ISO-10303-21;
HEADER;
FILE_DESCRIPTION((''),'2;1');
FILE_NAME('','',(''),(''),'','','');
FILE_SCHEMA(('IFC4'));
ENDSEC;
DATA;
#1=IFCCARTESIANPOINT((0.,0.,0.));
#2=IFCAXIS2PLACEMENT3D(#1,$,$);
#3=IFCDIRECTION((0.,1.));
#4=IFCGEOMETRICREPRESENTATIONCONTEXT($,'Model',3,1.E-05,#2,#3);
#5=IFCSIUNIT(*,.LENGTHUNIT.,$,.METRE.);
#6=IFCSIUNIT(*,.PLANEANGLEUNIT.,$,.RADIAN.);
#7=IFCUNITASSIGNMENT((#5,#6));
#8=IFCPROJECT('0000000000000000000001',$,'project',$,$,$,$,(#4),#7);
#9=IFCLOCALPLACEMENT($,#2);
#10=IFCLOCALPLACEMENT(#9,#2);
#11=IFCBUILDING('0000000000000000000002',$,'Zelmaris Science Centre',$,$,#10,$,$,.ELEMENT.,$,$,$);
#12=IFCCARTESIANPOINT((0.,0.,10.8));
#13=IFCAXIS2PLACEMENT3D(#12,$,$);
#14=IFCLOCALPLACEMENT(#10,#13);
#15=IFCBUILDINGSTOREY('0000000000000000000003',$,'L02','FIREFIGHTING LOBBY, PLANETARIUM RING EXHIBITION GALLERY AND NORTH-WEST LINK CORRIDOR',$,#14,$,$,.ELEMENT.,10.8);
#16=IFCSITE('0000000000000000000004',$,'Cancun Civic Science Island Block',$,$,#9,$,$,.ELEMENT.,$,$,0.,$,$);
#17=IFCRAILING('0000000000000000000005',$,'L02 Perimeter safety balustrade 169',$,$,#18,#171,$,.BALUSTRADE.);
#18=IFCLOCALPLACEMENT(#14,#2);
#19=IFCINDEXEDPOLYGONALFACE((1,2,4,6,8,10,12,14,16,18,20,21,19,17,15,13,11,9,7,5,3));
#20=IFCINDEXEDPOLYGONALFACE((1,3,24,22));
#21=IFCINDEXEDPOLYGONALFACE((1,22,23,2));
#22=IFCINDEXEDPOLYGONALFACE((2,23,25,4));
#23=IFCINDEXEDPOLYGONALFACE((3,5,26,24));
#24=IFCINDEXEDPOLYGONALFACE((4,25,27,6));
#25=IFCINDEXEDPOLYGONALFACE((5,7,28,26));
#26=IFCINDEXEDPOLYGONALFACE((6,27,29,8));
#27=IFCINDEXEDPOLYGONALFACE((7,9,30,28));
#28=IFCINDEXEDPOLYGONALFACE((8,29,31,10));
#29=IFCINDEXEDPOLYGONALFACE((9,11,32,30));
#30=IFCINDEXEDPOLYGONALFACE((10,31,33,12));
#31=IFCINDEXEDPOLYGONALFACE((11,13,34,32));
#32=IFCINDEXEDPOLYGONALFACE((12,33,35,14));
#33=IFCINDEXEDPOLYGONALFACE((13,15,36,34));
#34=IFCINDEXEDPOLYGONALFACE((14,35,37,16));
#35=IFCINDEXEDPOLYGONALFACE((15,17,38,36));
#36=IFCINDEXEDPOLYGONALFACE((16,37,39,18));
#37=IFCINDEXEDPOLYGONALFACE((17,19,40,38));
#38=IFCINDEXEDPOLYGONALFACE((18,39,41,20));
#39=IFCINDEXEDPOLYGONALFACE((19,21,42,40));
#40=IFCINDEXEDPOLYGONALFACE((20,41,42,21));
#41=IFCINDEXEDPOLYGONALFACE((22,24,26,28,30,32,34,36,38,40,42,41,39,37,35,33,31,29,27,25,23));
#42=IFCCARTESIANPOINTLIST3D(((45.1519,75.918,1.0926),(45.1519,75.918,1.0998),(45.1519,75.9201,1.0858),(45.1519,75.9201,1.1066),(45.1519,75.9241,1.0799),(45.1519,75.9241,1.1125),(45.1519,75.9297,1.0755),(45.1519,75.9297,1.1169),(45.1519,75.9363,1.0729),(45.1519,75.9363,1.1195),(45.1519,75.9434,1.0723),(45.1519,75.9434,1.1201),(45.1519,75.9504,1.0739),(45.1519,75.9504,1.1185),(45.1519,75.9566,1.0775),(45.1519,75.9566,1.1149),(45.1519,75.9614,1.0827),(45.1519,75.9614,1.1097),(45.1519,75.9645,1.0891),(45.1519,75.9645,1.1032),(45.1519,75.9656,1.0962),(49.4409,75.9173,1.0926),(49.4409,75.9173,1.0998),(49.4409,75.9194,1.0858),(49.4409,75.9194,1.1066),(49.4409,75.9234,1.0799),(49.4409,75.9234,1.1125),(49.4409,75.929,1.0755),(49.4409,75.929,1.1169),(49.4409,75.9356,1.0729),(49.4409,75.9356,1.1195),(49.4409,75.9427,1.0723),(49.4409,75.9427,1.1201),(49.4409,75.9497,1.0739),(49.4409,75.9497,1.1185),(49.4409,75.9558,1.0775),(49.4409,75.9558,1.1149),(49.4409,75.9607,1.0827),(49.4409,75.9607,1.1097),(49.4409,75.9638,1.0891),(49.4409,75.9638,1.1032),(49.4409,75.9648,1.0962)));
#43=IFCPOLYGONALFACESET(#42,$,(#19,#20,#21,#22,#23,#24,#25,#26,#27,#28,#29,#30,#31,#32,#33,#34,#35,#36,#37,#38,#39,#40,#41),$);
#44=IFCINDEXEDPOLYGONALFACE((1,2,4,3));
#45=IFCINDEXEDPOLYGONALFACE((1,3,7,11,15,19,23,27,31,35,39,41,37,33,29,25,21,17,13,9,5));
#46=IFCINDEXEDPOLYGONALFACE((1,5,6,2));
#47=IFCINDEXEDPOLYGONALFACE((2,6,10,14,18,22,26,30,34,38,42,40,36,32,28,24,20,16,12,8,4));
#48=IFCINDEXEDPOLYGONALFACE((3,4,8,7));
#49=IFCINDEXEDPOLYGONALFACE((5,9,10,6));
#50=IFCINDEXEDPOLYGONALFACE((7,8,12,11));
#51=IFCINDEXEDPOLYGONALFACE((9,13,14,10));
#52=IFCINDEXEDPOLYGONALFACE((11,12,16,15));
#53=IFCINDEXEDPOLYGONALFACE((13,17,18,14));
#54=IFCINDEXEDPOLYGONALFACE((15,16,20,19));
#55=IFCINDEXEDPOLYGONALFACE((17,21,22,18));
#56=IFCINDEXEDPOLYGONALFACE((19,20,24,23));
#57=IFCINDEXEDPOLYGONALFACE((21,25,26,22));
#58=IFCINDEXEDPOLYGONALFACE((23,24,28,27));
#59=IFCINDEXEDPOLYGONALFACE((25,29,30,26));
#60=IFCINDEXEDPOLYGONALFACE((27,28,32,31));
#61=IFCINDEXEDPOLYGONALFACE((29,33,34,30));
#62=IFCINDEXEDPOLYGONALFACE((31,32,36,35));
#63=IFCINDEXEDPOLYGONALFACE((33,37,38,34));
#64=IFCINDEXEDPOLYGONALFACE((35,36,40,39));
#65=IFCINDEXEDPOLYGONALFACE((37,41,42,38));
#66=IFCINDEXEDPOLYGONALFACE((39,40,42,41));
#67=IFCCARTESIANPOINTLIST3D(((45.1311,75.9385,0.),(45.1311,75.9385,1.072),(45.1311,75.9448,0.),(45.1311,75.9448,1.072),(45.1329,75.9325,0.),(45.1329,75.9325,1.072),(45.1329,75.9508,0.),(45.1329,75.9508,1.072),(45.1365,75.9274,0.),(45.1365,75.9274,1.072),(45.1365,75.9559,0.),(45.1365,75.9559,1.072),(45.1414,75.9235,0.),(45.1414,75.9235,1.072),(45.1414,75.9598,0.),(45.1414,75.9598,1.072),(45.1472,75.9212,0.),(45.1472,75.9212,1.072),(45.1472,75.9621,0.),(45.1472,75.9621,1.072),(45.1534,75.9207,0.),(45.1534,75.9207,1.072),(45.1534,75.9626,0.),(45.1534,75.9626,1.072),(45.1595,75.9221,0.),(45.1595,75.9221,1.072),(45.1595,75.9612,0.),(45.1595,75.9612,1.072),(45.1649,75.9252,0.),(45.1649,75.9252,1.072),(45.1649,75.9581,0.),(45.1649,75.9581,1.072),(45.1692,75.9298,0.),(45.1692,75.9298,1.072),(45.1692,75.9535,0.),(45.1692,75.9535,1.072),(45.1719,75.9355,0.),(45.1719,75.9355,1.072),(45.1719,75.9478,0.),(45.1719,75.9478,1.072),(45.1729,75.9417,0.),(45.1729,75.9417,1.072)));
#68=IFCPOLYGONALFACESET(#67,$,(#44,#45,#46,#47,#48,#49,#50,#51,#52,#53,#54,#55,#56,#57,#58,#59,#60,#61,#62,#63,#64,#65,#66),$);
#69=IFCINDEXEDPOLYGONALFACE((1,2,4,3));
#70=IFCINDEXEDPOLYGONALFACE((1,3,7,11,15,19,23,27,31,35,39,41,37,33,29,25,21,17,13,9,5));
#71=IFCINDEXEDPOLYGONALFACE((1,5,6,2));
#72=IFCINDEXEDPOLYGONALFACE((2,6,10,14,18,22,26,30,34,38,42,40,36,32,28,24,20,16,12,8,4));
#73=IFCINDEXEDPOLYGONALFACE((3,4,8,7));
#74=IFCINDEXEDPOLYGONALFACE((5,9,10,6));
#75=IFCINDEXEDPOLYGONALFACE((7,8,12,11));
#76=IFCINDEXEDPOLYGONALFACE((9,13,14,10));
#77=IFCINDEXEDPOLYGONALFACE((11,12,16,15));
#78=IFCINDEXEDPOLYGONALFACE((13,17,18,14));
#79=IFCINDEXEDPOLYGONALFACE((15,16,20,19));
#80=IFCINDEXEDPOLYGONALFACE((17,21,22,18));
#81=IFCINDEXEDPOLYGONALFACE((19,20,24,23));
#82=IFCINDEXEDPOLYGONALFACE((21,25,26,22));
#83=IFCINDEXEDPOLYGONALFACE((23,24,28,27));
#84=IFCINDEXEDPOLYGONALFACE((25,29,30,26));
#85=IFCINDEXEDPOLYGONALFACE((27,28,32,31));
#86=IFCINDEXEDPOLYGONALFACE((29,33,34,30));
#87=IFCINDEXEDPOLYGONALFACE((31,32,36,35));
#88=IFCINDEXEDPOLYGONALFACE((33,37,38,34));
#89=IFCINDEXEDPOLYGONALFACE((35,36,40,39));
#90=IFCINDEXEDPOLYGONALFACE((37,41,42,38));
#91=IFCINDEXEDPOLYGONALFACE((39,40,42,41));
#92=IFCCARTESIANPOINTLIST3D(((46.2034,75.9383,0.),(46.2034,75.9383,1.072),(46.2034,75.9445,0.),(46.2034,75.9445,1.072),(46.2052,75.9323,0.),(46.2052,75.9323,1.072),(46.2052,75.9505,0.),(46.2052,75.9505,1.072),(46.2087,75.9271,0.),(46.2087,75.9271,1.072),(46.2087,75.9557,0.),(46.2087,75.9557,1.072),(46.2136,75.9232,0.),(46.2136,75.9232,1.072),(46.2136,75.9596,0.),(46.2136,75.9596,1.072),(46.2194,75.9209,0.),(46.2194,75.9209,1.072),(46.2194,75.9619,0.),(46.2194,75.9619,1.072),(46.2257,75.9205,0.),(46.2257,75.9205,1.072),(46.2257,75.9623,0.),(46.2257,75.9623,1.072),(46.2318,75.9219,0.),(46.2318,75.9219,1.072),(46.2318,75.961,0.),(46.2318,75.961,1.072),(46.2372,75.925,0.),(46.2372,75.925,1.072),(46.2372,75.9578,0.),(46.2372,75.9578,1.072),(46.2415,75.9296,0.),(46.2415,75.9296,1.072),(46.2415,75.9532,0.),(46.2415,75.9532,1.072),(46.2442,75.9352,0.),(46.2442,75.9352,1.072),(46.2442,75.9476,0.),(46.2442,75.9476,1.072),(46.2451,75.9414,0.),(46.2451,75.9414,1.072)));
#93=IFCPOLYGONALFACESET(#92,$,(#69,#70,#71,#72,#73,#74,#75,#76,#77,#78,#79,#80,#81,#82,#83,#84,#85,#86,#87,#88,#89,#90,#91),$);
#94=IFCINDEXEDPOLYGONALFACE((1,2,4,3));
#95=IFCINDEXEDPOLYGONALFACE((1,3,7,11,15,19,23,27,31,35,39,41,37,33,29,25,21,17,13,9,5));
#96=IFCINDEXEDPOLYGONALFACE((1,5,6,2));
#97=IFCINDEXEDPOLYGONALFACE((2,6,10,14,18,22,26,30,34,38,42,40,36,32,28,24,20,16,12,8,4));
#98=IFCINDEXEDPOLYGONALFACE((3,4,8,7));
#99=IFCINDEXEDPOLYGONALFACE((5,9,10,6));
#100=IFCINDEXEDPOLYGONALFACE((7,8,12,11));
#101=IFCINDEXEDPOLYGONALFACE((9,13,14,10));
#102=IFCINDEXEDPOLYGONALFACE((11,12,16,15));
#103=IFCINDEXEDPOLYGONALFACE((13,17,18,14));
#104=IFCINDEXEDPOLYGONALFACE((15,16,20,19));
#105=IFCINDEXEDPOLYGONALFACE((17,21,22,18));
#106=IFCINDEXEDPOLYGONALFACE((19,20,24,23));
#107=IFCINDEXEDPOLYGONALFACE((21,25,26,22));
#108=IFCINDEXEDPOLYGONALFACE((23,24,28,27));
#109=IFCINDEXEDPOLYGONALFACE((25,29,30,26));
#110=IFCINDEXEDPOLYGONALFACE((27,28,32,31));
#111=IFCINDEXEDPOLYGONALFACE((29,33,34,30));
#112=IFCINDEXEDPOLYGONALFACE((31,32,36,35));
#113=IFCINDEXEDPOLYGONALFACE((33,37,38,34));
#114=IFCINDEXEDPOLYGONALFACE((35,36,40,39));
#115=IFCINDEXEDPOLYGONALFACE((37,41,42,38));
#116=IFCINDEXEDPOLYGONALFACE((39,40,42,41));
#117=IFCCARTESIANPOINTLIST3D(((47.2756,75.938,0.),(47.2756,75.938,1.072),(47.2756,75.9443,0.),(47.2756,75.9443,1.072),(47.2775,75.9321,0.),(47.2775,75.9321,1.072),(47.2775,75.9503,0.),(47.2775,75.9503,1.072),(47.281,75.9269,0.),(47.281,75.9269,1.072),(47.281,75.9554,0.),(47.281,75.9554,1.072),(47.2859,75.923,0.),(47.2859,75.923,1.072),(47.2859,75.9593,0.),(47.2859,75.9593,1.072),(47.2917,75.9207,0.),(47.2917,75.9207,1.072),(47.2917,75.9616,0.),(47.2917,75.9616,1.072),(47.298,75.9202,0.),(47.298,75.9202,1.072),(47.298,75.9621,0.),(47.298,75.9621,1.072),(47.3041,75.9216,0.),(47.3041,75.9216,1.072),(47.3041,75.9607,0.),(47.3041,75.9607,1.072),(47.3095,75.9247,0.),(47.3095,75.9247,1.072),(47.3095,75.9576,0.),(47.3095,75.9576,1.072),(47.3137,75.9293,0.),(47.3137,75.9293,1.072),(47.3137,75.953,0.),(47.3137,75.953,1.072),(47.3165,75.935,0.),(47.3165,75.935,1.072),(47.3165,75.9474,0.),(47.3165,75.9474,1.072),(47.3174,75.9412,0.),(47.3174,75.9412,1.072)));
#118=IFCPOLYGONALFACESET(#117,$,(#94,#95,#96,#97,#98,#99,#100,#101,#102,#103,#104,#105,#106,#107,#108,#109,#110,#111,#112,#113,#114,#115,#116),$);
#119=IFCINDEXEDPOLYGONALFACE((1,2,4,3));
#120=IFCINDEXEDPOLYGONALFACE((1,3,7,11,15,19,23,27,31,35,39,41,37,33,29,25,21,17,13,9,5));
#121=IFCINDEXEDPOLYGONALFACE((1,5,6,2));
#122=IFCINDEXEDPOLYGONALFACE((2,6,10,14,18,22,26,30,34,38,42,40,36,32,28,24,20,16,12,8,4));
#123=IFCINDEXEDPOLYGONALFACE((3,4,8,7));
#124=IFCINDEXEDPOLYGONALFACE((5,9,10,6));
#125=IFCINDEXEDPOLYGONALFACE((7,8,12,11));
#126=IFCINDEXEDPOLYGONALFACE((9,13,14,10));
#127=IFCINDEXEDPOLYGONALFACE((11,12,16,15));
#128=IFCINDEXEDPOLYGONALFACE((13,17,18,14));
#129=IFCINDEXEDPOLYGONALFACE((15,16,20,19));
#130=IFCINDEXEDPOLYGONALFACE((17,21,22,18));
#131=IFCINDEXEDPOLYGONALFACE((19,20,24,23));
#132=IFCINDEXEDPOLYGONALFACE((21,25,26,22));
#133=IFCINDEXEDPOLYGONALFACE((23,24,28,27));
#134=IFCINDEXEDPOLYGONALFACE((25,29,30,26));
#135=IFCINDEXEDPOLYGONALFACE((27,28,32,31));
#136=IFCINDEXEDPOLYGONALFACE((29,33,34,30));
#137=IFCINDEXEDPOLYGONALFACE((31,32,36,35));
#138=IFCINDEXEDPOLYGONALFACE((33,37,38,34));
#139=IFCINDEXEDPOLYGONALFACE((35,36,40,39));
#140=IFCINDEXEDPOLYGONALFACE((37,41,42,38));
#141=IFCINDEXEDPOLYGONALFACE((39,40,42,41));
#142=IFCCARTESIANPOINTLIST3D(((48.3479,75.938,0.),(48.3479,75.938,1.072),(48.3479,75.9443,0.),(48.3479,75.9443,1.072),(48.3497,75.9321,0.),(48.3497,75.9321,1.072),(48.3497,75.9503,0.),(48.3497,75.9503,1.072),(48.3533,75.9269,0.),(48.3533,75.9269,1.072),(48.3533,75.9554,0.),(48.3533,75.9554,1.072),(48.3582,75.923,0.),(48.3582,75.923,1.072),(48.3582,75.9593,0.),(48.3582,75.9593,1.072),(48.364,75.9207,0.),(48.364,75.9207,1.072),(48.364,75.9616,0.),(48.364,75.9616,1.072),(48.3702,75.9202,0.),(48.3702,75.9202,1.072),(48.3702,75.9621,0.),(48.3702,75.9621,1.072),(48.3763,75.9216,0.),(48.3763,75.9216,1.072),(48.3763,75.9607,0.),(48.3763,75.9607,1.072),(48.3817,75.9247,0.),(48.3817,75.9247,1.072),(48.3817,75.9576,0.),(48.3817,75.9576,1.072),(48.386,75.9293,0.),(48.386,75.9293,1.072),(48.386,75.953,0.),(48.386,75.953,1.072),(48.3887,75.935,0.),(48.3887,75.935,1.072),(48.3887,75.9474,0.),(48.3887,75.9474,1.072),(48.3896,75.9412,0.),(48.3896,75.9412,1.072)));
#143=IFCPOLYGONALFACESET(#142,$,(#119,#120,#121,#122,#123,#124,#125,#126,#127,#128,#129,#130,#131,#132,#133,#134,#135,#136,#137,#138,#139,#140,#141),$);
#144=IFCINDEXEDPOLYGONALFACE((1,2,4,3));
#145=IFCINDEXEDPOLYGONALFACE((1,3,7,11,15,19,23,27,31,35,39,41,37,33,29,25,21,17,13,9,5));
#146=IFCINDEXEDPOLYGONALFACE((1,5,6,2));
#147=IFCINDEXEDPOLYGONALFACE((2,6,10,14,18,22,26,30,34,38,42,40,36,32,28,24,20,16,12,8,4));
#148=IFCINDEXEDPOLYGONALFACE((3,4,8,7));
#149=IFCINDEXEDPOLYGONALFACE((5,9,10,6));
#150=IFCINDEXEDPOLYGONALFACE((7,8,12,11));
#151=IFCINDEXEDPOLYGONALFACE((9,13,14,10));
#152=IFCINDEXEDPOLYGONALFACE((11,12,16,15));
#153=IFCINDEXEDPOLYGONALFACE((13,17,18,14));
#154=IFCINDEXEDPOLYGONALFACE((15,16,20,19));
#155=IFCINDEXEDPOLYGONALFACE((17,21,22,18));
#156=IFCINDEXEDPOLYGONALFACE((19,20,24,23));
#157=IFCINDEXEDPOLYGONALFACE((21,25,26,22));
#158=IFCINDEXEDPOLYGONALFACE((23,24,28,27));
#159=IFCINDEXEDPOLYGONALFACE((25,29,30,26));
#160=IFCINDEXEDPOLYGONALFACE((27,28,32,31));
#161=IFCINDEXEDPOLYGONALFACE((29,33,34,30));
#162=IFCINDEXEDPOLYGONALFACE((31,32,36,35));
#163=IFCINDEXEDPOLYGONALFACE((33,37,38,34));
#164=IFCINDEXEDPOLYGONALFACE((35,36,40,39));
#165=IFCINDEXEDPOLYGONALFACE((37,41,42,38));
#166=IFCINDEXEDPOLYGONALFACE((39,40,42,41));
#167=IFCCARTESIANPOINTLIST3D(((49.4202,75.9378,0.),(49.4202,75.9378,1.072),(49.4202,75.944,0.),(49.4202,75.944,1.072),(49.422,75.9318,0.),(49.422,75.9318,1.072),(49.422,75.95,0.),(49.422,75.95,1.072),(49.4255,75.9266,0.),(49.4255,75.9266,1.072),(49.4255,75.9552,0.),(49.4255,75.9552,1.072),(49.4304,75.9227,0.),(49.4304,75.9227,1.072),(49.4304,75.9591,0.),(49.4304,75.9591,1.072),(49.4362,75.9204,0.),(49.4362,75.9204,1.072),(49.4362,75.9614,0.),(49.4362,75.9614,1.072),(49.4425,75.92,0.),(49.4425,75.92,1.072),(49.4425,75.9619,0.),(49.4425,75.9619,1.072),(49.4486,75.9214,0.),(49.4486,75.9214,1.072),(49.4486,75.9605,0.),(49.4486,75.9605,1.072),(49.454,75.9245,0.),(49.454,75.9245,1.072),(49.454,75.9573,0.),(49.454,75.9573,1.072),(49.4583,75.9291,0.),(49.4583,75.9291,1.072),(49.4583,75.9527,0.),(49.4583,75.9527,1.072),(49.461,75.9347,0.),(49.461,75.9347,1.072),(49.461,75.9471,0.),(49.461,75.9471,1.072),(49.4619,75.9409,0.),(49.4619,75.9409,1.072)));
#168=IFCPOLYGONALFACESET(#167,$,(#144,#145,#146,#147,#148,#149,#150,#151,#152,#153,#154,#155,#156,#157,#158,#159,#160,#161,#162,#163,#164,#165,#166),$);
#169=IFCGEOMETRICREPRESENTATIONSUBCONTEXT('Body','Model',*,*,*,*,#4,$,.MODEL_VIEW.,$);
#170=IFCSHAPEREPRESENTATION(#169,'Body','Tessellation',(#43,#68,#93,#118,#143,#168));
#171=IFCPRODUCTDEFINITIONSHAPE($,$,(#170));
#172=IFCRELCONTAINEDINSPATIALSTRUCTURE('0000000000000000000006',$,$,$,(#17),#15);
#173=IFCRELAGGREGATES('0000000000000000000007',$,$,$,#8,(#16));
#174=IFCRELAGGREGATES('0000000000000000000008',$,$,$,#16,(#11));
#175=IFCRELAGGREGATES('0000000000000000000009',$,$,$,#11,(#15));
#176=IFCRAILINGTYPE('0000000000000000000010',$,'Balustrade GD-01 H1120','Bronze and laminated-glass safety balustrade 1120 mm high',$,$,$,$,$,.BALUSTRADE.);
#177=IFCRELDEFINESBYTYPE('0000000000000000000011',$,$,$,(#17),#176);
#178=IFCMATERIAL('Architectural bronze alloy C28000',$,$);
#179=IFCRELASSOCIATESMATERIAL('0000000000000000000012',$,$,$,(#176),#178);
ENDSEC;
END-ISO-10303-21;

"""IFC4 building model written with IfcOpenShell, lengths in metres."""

from ifc_helpers import new_model, si_unit, direction, frame, origin, origin_2d, place, context, subcontext, project, spatial, circle, extrude, material, type_object, element, save


model = new_model("IFC4")

# Units and contexts
model_context = context("Model", 3, precision=1e-05, world=origin(), true_north=direction((0.0, 1.0)))
body_context = subcontext(model_context, "Body", "Model", "MODEL_VIEW")
ifc_project = project(units=[si_unit("LENGTHUNIT", "METRE"), si_unit("PLANEANGLEUNIT", "RADIAN")], contexts=[model_context])

# Site, building, storey
site_placement = place(None, origin())
site = spatial("IfcSite", under=ifc_project, at=site_placement, Name="Cancun Civic Science Island Block", CompositionType="ELEMENT", RefElevation=0.0)
building_placement = place(site_placement, origin())
building = spatial("IfcBuilding", under=site, at=building_placement, Name="Zelmaris Science Centre", CompositionType="ELEMENT")
storey_placement = place(building_placement, frame((0.0, 0.0, 10.8)))
storey = spatial("IfcBuildingStorey", under=building, at=storey_placement, Name="L02", Description="FIREFIGHTING LOBBY, PLANETARIUM RING EXHIBITION GALLERY AND NORTH-WEST LINK CORRIDOR", CompositionType="ELEMENT", Elevation=10.8)

# Railing
ifc_material_1 = material(Name="Architectural bronze alloy C28000")
railing_type = type_object("IfcRailingType", Name="Balustrade GD-01 H1120", Description="Bronze and laminated-glass safety balustrade 1120 mm high", PredefinedType="BALUSTRADE", material=ifc_material_1)
railing_placement = place(storey_placement, frame((45.1519, 75.9417, 0.0)))
element("IfcRailing", 1, at=railing_placement, inside=storey, type_object=railing_type, Name="L02 Perimeter safety balustrade 169", PredefinedType="BALUSTRADE", context=body_context, shape_type="SweptSolid", body=[
    extrude(circle(Radius=0.0239, at=origin_2d()), frame((0.0, 0.0, 1.0962), z_axis=(1.0, -0.000171, 0.0), x_axis=(0.000171, 1.0, 0.0)), (0.0, 0.0, 1.0), 4.2891),
    extrude(circle(Radius=0.021, at=origin_2d()), origin(), (0.0, 0.0, 1.0), 1.072),
    extrude(circle(Radius=0.021, at=origin_2d()), frame((1.0723, -0.0002, 0.0)), (0.0, 0.0, 1.0), 1.072),
    extrude(circle(Radius=0.021, at=origin_2d()), frame((2.1445, -0.0005, 0.0)), (0.0, 0.0, 1.0), 1.072),
    extrude(circle(Radius=0.021, at=origin_2d()), frame((3.2168, -0.0005, 0.0)), (0.0, 0.0, 1.0), 1.072),
    extrude(circle(Radius=0.021, at=origin_2d()), frame((4.2891, -0.0007, 0.0)), (0.0, 0.0, 1.0), 1.072),
])

save(model, "model.ifc")
